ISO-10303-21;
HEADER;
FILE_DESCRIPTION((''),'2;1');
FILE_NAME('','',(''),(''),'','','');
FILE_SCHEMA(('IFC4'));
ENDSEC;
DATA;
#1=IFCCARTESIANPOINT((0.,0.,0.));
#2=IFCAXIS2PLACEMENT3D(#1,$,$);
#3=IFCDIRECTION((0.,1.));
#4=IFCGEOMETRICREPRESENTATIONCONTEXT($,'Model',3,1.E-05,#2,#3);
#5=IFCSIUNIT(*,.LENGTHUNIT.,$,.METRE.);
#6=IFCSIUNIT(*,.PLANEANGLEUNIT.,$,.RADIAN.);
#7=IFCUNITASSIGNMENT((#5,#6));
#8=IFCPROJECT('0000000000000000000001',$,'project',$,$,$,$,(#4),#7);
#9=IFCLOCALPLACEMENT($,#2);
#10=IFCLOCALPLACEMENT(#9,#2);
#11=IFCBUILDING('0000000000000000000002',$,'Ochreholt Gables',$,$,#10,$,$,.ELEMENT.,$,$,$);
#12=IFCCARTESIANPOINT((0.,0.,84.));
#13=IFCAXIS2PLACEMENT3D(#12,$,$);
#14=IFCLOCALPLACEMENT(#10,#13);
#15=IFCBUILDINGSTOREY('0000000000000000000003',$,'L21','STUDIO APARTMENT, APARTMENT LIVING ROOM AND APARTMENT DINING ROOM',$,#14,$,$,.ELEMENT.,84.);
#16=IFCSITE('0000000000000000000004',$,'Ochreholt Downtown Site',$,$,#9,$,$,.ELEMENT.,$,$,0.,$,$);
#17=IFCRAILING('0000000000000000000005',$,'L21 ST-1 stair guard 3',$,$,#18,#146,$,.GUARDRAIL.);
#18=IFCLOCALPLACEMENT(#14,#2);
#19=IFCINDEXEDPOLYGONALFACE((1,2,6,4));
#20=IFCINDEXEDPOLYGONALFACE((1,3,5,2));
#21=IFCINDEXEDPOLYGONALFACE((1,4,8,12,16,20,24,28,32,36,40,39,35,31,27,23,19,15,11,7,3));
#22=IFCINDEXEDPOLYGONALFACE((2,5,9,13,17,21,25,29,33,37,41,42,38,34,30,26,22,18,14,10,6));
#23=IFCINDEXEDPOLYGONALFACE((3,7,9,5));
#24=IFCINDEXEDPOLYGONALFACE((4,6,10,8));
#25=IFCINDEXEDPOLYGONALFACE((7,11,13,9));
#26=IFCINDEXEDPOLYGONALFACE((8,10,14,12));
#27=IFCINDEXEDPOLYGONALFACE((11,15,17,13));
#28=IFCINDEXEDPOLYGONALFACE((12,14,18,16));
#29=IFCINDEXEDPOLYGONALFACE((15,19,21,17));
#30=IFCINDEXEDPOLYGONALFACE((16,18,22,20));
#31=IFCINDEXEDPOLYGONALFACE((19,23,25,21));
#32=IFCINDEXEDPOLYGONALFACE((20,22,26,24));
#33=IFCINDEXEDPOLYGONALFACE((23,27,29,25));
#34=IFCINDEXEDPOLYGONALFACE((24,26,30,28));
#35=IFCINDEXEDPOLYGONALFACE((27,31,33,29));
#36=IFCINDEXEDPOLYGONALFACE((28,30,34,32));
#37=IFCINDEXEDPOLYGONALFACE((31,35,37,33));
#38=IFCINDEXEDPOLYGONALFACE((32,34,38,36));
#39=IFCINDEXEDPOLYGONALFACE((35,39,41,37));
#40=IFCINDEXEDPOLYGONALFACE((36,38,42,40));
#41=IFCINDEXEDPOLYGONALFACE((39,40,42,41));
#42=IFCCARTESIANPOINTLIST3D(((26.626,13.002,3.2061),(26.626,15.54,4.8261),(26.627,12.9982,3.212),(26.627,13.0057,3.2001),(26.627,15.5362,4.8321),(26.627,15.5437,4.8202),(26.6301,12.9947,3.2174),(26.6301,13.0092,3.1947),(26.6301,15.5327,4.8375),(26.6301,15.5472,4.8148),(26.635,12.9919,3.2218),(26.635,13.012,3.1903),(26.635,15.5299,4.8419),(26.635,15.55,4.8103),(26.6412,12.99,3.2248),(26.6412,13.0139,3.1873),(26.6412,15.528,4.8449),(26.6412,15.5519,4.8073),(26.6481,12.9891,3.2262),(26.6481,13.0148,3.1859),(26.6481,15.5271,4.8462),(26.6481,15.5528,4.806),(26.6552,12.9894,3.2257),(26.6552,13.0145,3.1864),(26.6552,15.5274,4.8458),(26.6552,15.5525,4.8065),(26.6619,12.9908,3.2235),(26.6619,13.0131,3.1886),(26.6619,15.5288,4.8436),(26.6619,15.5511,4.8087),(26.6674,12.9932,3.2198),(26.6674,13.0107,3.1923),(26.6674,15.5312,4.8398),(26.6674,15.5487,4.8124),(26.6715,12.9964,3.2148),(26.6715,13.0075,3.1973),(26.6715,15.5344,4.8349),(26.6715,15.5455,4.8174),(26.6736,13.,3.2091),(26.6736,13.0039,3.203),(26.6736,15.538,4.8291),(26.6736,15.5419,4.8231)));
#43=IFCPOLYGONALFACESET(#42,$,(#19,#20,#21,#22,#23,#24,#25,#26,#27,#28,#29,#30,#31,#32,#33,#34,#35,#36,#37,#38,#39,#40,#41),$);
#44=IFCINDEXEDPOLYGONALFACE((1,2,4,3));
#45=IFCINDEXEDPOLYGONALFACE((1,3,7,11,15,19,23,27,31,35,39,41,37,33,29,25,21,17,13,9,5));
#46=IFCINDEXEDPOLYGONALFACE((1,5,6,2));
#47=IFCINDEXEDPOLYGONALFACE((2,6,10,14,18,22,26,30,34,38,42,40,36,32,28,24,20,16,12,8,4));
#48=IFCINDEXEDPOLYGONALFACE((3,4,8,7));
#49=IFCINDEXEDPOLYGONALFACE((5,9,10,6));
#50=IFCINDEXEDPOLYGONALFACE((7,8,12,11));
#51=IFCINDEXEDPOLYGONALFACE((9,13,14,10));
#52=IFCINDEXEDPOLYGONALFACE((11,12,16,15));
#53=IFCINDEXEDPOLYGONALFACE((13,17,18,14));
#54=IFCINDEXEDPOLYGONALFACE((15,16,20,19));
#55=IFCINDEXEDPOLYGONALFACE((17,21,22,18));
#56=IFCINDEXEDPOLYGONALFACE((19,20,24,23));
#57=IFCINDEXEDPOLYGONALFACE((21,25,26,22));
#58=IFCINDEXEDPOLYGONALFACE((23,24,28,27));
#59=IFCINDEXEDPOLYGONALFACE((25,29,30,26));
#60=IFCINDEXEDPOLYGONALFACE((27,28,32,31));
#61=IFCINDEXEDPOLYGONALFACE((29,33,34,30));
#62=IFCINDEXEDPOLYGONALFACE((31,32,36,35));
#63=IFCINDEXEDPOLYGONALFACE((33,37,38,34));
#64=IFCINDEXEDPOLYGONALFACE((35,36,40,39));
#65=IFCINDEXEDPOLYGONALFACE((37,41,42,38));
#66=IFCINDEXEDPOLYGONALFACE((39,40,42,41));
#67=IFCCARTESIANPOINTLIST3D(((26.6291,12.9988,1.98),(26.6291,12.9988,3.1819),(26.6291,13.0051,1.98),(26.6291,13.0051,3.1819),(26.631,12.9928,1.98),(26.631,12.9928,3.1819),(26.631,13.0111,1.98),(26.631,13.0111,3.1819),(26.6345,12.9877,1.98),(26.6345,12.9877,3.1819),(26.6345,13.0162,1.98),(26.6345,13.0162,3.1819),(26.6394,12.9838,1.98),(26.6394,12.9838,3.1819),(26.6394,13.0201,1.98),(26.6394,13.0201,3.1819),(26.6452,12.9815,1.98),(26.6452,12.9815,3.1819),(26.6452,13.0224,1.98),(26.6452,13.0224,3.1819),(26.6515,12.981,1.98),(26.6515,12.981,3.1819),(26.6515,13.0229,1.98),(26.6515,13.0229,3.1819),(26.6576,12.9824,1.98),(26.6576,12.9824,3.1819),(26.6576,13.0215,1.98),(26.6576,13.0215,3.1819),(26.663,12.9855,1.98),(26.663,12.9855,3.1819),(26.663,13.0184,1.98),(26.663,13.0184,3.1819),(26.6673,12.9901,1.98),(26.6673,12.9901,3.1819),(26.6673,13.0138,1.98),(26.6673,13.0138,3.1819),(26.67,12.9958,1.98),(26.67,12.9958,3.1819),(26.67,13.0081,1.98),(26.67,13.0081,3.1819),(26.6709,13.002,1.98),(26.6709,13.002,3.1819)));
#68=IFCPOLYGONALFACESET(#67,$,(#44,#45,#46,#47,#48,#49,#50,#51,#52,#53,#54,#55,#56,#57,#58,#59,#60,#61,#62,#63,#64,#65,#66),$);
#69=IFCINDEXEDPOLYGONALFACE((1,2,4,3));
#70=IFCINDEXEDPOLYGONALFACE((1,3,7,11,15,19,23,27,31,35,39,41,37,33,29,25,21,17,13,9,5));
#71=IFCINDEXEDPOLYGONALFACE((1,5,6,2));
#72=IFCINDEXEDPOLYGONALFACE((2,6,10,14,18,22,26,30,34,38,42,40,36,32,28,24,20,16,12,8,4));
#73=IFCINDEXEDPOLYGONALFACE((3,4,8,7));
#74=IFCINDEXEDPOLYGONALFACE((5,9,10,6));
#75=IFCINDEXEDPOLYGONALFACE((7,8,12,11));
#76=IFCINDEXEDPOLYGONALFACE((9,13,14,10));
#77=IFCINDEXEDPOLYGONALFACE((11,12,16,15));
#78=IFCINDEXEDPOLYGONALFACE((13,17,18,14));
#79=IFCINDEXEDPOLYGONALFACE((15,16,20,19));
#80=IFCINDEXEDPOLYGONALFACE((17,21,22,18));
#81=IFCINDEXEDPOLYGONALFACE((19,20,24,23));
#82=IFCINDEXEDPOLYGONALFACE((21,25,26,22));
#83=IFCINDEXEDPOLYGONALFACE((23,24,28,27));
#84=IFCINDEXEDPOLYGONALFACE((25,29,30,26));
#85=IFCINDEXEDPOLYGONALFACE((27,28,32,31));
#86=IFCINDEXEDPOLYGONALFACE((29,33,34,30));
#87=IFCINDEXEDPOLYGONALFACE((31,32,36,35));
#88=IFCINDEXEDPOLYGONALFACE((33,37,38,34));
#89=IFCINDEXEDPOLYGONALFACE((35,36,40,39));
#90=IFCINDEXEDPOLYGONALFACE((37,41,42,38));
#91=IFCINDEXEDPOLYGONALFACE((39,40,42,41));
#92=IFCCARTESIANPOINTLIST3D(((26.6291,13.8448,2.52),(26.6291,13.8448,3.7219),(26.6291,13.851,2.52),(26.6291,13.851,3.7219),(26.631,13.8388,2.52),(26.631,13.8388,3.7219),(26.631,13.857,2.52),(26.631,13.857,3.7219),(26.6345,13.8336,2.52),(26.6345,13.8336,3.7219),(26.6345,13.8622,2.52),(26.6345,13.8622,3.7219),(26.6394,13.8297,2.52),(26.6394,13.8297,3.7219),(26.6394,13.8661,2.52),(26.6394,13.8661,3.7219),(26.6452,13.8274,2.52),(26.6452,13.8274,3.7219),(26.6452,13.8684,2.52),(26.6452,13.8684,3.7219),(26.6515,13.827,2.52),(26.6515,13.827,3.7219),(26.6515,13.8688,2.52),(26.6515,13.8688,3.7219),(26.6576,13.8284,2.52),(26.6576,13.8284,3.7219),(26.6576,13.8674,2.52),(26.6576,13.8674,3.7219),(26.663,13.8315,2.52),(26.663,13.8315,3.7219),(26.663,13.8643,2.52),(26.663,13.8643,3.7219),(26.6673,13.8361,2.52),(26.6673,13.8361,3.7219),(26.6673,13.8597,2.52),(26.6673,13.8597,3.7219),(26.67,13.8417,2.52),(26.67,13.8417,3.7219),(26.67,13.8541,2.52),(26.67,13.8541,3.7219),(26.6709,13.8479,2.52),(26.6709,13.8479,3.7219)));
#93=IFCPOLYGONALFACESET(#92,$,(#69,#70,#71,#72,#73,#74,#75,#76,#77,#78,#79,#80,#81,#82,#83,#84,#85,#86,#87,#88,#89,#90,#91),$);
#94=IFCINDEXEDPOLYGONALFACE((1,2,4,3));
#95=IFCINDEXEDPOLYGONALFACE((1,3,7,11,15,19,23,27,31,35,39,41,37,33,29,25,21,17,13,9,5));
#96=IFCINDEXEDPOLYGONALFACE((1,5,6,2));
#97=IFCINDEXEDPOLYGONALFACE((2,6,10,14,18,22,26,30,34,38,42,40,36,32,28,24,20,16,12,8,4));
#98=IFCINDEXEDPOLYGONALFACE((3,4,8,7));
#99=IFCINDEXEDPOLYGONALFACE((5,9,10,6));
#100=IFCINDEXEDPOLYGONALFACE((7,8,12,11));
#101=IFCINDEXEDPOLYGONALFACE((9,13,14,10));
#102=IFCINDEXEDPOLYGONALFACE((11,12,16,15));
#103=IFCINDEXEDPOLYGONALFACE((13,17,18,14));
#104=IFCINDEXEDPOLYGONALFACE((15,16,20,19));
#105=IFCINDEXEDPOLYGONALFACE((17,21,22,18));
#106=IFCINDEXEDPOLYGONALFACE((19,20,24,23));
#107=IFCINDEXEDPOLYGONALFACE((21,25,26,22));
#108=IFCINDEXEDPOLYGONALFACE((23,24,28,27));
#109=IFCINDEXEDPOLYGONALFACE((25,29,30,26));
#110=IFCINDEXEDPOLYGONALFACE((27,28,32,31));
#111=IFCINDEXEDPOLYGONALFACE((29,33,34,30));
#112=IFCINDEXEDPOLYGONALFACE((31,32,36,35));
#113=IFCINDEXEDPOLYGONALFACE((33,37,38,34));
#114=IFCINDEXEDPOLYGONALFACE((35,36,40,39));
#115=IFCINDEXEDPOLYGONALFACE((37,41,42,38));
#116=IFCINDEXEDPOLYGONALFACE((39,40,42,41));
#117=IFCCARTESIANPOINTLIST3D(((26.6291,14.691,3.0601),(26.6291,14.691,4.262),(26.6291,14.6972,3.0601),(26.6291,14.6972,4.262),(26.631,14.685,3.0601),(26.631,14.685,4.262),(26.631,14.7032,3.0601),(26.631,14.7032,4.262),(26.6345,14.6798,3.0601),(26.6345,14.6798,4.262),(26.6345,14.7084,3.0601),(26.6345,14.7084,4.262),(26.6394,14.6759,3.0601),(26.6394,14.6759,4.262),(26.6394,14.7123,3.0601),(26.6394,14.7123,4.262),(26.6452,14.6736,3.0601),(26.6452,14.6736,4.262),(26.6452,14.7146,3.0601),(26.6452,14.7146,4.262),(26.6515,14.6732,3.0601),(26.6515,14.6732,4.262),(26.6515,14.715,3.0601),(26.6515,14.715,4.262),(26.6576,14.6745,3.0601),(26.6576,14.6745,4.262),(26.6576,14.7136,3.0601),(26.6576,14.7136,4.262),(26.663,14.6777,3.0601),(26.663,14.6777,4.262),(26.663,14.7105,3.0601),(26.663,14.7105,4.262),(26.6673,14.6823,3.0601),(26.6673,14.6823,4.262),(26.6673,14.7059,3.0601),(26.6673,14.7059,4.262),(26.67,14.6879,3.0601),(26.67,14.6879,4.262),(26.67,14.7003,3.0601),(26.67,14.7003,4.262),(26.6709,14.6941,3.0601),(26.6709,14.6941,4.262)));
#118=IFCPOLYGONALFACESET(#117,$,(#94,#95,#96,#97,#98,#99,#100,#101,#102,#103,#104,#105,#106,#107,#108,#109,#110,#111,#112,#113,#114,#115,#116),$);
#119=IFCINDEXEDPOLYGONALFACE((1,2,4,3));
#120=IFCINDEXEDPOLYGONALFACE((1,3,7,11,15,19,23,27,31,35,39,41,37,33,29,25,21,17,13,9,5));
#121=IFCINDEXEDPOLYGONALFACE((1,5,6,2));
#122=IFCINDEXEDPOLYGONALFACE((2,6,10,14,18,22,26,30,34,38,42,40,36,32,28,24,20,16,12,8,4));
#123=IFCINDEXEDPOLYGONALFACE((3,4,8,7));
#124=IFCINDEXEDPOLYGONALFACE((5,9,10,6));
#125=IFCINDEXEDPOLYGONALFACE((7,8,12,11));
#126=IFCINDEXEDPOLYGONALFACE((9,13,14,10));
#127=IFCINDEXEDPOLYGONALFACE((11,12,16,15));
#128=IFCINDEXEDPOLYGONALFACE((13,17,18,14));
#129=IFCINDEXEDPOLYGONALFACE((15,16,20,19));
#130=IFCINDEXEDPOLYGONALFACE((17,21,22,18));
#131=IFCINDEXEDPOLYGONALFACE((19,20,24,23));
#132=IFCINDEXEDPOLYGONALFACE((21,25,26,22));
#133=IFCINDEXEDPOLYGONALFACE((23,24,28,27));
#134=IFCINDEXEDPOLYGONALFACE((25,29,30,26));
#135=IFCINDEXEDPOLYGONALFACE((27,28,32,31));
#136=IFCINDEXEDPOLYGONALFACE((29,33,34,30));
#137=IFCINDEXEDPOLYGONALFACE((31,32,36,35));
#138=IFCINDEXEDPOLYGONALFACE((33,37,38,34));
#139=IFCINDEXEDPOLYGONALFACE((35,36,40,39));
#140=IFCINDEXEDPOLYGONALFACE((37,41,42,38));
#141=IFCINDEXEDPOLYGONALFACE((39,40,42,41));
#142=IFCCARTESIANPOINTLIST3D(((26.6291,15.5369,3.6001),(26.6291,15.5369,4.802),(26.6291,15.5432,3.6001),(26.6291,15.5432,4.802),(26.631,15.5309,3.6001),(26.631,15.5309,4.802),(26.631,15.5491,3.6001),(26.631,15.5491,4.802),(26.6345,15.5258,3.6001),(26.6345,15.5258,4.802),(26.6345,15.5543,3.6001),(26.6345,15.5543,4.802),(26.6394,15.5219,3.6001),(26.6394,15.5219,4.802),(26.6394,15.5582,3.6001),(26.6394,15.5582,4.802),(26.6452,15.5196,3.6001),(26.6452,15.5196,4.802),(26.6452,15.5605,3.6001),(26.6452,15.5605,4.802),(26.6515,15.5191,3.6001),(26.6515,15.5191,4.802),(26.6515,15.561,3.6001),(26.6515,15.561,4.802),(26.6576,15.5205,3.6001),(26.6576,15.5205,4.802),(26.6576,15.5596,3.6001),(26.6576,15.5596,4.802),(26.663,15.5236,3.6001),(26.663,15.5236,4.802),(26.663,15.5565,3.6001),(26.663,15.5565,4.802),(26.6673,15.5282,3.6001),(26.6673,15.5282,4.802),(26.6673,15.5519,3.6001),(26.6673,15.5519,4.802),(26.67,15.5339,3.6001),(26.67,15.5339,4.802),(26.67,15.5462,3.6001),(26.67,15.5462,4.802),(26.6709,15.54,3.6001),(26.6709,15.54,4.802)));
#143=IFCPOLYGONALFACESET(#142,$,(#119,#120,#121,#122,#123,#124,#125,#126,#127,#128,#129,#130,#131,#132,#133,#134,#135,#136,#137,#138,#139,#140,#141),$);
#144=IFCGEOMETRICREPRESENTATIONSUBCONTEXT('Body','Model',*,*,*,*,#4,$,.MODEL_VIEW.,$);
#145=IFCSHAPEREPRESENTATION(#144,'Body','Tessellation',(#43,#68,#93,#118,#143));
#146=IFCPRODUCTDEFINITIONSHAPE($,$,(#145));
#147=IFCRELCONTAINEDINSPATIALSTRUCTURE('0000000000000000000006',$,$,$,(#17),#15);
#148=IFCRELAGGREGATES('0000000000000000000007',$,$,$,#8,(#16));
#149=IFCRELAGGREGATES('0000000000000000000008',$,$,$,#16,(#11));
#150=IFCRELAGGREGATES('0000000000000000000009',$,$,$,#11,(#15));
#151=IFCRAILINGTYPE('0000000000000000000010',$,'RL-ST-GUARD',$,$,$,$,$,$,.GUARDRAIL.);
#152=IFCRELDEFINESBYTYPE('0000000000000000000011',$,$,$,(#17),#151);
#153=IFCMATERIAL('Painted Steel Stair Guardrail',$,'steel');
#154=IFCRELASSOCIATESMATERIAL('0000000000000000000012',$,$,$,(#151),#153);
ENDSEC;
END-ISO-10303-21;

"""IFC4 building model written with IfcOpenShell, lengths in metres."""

from ifc_helpers import new_model, si_unit, direction, frame, origin, origin_2d, place, context, subcontext, project, spatial, circle, extrude, material, type_object, element, save


model = new_model("IFC4")

# Units and contexts
model_context = context("Model", 3, precision=1e-05, world=origin(), true_north=direction((0.0, 1.0)))
body_context = subcontext(model_context, "Body", "Model", "MODEL_VIEW")
ifc_project = project(units=[si_unit("LENGTHUNIT", "METRE"), si_unit("PLANEANGLEUNIT", "RADIAN")], contexts=[model_context])

# Site, building, storey
site_placement = place(None, origin())
site = spatial("IfcSite", under=ifc_project, at=site_placement, Name="Ochreholt Downtown Site", CompositionType="ELEMENT", RefElevation=0.0)
building_placement = place(site_placement, origin())
building = spatial("IfcBuilding", under=site, at=building_placement, Name="Ochreholt Gables", CompositionType="ELEMENT")
storey_placement = place(building_placement, frame((0.0, 0.0, 84.0)))
storey = spatial("IfcBuildingStorey", under=building, at=storey_placement, Name="L21", Description="STUDIO APARTMENT, APARTMENT LIVING ROOM AND APARTMENT DINING ROOM", CompositionType="ELEMENT", Elevation=84.0)

# Railing
ifc_material_1 = material(Name="Painted Steel Stair Guardrail", Category="steel")
railing_type_1 = type_object("IfcRailingType", Name="RL-ST-GUARD", PredefinedType="GUARDRAIL", material=ifc_material_1)
railing_1_placement = place(storey_placement, frame((26.6499, 13.002, 1.98)))
element("IfcRailing", 1, at=railing_1_placement, inside=storey, type_object=railing_type_1, Name="L21 ST-1 stair guard 3", PredefinedType="GUARDRAIL", context=body_context, shape_type="SweptSolid", body=[
    extrude(circle(Radius=0.0239, at=origin_2d()), frame((0.0, 0.0, 1.2261), z_axis=(0.0, 0.842913, 0.53805), x_axis=(-1.0, 0.0, 0.0)), (0.0, 0.0, 1.0), 3.011),
    extrude(circle(Radius=0.021, at=origin_2d()), origin(), (0.0, 0.0, 1.0), 1.2019),
    extrude(circle(Radius=0.021, at=origin_2d()), frame((0.0, 0.8459, 0.54)), (0.0, 0.0, 1.0), 1.2019),
    extrude(circle(Radius=0.021, at=origin_2d()), frame((0.0, 1.6921, 1.0801)), (0.0, 0.0, 1.0), 1.2019),
    extrude(circle(Radius=0.021, at=origin_2d()), frame((0.0, 2.5381, 1.6201)), (0.0, 0.0, 1.0), 1.2019),
])

save(model, "model.ifc")
